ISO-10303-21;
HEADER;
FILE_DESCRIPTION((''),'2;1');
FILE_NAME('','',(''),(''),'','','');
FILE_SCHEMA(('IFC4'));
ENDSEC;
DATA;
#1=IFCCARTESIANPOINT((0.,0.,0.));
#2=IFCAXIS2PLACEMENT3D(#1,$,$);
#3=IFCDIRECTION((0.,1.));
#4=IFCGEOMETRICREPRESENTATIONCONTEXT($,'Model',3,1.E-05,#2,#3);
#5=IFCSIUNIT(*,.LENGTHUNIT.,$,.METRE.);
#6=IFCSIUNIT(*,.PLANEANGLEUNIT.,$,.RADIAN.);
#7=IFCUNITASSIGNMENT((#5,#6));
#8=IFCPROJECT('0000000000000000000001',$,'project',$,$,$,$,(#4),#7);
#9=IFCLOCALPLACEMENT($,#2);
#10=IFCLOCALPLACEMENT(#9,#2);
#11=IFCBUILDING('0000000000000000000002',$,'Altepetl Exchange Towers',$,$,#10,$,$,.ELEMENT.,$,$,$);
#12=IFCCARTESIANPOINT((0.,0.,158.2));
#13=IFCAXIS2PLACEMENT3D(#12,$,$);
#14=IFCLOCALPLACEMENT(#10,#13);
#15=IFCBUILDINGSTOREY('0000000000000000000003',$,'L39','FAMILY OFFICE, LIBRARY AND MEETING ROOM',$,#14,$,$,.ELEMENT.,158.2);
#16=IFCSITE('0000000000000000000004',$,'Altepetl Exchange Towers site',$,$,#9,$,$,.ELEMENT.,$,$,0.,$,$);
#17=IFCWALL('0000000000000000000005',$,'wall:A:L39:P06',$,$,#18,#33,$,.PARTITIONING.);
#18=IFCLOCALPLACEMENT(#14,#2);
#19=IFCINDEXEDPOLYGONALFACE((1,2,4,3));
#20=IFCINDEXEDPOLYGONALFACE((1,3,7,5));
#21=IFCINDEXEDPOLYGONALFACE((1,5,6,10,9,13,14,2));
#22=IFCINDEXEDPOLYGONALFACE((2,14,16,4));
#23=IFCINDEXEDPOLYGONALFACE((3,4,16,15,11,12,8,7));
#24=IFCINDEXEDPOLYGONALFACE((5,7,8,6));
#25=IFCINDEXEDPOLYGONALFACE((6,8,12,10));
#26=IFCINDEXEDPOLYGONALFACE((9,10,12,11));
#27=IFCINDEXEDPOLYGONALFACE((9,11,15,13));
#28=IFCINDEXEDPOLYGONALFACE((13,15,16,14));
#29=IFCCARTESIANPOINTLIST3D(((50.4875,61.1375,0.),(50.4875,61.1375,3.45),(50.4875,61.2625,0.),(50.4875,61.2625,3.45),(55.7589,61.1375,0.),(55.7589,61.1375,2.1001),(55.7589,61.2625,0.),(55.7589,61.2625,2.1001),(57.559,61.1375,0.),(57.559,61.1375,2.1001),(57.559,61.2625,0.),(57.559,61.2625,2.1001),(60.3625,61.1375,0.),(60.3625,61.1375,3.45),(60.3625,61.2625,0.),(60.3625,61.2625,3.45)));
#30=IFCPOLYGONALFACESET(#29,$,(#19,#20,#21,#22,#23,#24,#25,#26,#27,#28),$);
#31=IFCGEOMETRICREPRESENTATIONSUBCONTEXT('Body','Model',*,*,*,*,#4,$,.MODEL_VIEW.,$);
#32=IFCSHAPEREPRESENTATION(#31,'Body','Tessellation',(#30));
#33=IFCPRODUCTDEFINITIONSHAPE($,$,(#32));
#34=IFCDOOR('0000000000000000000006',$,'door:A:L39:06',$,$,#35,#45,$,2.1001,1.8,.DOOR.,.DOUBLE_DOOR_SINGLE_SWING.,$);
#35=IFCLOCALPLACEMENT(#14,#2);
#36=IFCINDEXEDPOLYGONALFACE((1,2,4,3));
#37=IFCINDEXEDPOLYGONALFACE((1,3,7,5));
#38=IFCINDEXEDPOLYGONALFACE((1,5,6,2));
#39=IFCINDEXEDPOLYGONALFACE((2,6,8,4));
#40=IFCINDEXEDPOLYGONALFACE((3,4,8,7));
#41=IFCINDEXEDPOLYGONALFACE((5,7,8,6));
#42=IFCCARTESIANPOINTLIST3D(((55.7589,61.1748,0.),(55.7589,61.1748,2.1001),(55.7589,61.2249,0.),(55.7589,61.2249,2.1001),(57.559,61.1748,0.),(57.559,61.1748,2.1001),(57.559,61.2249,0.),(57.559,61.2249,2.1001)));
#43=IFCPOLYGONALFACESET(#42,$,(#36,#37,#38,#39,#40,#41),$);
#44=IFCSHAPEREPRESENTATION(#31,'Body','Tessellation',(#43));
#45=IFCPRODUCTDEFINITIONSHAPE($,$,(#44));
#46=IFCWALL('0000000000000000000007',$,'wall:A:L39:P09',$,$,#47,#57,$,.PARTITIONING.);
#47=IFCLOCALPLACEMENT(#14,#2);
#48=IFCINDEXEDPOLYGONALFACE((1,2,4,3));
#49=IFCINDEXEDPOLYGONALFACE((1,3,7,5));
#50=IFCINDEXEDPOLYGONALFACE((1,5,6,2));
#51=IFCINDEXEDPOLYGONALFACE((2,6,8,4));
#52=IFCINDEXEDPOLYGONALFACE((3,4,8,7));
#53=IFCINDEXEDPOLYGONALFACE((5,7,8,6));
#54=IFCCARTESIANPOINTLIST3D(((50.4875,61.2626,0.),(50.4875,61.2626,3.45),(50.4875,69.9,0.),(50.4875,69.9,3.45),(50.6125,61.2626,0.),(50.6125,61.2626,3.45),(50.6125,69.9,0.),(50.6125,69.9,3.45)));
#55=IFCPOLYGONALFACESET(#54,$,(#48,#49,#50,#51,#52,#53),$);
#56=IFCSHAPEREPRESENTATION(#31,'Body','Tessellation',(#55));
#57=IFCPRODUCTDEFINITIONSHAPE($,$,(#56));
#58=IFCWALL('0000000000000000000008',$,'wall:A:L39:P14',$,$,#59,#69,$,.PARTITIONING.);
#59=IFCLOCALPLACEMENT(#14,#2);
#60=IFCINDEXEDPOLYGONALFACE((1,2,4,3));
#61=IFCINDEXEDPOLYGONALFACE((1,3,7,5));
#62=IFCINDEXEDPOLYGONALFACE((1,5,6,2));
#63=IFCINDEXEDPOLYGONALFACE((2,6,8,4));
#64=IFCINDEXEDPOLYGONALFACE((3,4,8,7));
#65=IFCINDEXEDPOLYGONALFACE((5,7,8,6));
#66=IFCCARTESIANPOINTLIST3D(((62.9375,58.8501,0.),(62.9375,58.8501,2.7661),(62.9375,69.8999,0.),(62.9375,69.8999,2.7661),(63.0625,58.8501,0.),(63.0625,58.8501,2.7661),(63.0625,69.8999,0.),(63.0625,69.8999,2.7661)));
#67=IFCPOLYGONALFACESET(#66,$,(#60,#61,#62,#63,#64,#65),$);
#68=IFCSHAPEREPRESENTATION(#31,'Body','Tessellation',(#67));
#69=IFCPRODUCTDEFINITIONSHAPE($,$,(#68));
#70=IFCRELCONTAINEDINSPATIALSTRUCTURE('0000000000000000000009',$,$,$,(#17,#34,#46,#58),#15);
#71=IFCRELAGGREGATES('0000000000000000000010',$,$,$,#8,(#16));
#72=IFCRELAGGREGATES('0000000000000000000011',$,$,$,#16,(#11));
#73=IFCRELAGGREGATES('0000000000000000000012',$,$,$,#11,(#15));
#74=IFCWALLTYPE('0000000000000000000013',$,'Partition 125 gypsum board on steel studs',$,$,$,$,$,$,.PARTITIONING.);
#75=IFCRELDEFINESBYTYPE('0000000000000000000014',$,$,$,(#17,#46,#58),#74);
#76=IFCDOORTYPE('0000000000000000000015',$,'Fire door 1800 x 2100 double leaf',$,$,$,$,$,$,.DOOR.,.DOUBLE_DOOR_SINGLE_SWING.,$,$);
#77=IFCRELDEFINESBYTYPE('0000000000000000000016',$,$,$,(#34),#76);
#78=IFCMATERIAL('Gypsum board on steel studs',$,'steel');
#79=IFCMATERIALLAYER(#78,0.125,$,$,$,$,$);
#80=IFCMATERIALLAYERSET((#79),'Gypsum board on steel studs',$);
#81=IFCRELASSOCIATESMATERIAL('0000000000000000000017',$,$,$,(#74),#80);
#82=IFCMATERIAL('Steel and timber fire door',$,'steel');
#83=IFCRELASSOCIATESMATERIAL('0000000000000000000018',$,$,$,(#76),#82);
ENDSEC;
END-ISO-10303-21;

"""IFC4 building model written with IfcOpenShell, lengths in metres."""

from ifc_helpers import new_model, si_unit, direction, frame, frame_2d, origin, place, context, subcontext, project, spatial, rectangle, extrude, material, layer, layer_set, type_object, element, fill, save


model = new_model("IFC4")

# Units and contexts
model_context = context("Model", 3, precision=1e-05, world=origin(), true_north=direction((0.0, 1.0)))
body_context = subcontext(model_context, "Body", "Model", "MODEL_VIEW")
ifc_project = project(units=[si_unit("LENGTHUNIT", "METRE"), si_unit("PLANEANGLEUNIT", "RADIAN")], contexts=[model_context])

# Site, building, storey
site_placement = place(None, origin())
site = spatial("IfcSite", under=ifc_project, at=site_placement, Name="Altepetl Exchange Towers site", CompositionType="ELEMENT", RefElevation=0.0)
building_placement = place(site_placement, origin())
building = spatial("IfcBuilding", under=site, at=building_placement, Name="Altepetl Exchange Towers", CompositionType="ELEMENT")
storey_placement = place(building_placement, frame((0.0, 0.0, 158.2)))
storey = spatial("IfcBuildingStorey", under=building, at=storey_placement, Name="L39", Description="FAMILY OFFICE, LIBRARY AND MEETING ROOM", CompositionType="ELEMENT", Elevation=158.2)

# Shared definitions
ifc_material_1 = material(Name="Gypsum board on steel studs", Category="steel")
ifc_layer_1 = layer(ifc_material_1, 0.125)
ifc_layer_set_1 = layer_set([ifc_layer_1], Name="Gypsum board on steel studs")
wall_type = type_object("IfcWallType", Name="Partition 125 gypsum board on steel studs", PredefinedType="PARTITIONING", material=ifc_layer_set_1)

# Wall, opening, door
wall_1_placement = place(storey_placement, frame((50.4875, 61.2, 0.0)))
wall_1 = element("IfcWall", 1, at=wall_1_placement, inside=storey, type_object=wall_type, Name="wall:A:L39:P06", PredefinedType="PARTITIONING", context=body_context, shape_type="SweptSolid", body=[
    extrude(rectangle(XDim=9.875, YDim=0.125, at=frame_2d((4.9375, 0.0))), origin(), (0.0, 0.0, 1.0), 3.45),
])
opening_placement = place(wall_1_placement, frame((5.2715, 0.0, 0.0)))
opening = element("IfcOpeningElement", 2, at=opening_placement, cuts=wall_1, PredefinedType="OPENING", context=body_context, shape_type="SweptSolid", body=[
    extrude(rectangle(XDim=1.8, YDim=2.1001, at=frame_2d((0.8999, 1.05))), frame((0.0, 0.0725, 0.0), z_axis=(0.0, -1.0, 0.0), x_axis=(1.0, 0.0, 0.0)), (0.0, 0.0, 1.0), 0.145),
])
ifc_material_2 = material(Name="Steel and timber fire door", Category="steel")
door_type = type_object("IfcDoorType", Name="Fire door 1800 x 2100 double leaf", OperationType="DOUBLE_DOOR_SINGLE_SWING", PredefinedType="DOOR", material=ifc_material_2)
door_placement = place(opening_placement, origin())
door = element("IfcDoor", 3, at=door_placement, inside=storey, type_object=door_type, Name="door:A:L39:06", OperationType="DOUBLE_DOOR_SINGLE_SWING", OverallHeight=2.1001, OverallWidth=1.8, PredefinedType="DOOR", context=body_context, shape_type="SweptSolid", body=[
    extrude(rectangle(XDim=1.8, YDim=2.1001, at=frame_2d((0.8999, 1.05))), frame((0.0, 0.0249, 0.0), z_axis=(0.0, -1.0, 0.0), x_axis=(1.0, 0.0, 0.0)), (0.0, 0.0, 1.0), 0.05),
])
fill(opening, door)

# Walls
wall_2_placement = place(storey_placement, frame((50.55, 61.2625, 0.0), z_axis=(0.0, 0.0, 1.0), x_axis=(0.0, 1.0, 0.0)))
element("IfcWall", 4, at=wall_2_placement, inside=storey, type_object=wall_type, Name="wall:A:L39:P09", PredefinedType="PARTITIONING", context=body_context, shape_type="SweptSolid", body=[
    extrude(rectangle(XDim=8.6375, YDim=0.125, at=frame_2d((4.3188, 0.0))), origin(), (0.0, 0.0, 1.0), 3.45),
])
wall_3_placement = place(storey_placement, frame((63.0, 58.8501, 0.0), z_axis=(0.0, 0.0, 1.0), x_axis=(0.0, 1.0, 0.0)))
element("IfcWall", 5, at=wall_3_placement, inside=storey, type_object=wall_type, Name="wall:A:L39:P14", PredefinedType="PARTITIONING", context=body_context, shape_type="SweptSolid", body=[
    extrude(rectangle(XDim=11.0498, YDim=0.125, at=frame_2d((5.5249, 0.0))), origin(), (0.0, 0.0, 1.0), 2.7661),
])

save(model, "model.ifc")
